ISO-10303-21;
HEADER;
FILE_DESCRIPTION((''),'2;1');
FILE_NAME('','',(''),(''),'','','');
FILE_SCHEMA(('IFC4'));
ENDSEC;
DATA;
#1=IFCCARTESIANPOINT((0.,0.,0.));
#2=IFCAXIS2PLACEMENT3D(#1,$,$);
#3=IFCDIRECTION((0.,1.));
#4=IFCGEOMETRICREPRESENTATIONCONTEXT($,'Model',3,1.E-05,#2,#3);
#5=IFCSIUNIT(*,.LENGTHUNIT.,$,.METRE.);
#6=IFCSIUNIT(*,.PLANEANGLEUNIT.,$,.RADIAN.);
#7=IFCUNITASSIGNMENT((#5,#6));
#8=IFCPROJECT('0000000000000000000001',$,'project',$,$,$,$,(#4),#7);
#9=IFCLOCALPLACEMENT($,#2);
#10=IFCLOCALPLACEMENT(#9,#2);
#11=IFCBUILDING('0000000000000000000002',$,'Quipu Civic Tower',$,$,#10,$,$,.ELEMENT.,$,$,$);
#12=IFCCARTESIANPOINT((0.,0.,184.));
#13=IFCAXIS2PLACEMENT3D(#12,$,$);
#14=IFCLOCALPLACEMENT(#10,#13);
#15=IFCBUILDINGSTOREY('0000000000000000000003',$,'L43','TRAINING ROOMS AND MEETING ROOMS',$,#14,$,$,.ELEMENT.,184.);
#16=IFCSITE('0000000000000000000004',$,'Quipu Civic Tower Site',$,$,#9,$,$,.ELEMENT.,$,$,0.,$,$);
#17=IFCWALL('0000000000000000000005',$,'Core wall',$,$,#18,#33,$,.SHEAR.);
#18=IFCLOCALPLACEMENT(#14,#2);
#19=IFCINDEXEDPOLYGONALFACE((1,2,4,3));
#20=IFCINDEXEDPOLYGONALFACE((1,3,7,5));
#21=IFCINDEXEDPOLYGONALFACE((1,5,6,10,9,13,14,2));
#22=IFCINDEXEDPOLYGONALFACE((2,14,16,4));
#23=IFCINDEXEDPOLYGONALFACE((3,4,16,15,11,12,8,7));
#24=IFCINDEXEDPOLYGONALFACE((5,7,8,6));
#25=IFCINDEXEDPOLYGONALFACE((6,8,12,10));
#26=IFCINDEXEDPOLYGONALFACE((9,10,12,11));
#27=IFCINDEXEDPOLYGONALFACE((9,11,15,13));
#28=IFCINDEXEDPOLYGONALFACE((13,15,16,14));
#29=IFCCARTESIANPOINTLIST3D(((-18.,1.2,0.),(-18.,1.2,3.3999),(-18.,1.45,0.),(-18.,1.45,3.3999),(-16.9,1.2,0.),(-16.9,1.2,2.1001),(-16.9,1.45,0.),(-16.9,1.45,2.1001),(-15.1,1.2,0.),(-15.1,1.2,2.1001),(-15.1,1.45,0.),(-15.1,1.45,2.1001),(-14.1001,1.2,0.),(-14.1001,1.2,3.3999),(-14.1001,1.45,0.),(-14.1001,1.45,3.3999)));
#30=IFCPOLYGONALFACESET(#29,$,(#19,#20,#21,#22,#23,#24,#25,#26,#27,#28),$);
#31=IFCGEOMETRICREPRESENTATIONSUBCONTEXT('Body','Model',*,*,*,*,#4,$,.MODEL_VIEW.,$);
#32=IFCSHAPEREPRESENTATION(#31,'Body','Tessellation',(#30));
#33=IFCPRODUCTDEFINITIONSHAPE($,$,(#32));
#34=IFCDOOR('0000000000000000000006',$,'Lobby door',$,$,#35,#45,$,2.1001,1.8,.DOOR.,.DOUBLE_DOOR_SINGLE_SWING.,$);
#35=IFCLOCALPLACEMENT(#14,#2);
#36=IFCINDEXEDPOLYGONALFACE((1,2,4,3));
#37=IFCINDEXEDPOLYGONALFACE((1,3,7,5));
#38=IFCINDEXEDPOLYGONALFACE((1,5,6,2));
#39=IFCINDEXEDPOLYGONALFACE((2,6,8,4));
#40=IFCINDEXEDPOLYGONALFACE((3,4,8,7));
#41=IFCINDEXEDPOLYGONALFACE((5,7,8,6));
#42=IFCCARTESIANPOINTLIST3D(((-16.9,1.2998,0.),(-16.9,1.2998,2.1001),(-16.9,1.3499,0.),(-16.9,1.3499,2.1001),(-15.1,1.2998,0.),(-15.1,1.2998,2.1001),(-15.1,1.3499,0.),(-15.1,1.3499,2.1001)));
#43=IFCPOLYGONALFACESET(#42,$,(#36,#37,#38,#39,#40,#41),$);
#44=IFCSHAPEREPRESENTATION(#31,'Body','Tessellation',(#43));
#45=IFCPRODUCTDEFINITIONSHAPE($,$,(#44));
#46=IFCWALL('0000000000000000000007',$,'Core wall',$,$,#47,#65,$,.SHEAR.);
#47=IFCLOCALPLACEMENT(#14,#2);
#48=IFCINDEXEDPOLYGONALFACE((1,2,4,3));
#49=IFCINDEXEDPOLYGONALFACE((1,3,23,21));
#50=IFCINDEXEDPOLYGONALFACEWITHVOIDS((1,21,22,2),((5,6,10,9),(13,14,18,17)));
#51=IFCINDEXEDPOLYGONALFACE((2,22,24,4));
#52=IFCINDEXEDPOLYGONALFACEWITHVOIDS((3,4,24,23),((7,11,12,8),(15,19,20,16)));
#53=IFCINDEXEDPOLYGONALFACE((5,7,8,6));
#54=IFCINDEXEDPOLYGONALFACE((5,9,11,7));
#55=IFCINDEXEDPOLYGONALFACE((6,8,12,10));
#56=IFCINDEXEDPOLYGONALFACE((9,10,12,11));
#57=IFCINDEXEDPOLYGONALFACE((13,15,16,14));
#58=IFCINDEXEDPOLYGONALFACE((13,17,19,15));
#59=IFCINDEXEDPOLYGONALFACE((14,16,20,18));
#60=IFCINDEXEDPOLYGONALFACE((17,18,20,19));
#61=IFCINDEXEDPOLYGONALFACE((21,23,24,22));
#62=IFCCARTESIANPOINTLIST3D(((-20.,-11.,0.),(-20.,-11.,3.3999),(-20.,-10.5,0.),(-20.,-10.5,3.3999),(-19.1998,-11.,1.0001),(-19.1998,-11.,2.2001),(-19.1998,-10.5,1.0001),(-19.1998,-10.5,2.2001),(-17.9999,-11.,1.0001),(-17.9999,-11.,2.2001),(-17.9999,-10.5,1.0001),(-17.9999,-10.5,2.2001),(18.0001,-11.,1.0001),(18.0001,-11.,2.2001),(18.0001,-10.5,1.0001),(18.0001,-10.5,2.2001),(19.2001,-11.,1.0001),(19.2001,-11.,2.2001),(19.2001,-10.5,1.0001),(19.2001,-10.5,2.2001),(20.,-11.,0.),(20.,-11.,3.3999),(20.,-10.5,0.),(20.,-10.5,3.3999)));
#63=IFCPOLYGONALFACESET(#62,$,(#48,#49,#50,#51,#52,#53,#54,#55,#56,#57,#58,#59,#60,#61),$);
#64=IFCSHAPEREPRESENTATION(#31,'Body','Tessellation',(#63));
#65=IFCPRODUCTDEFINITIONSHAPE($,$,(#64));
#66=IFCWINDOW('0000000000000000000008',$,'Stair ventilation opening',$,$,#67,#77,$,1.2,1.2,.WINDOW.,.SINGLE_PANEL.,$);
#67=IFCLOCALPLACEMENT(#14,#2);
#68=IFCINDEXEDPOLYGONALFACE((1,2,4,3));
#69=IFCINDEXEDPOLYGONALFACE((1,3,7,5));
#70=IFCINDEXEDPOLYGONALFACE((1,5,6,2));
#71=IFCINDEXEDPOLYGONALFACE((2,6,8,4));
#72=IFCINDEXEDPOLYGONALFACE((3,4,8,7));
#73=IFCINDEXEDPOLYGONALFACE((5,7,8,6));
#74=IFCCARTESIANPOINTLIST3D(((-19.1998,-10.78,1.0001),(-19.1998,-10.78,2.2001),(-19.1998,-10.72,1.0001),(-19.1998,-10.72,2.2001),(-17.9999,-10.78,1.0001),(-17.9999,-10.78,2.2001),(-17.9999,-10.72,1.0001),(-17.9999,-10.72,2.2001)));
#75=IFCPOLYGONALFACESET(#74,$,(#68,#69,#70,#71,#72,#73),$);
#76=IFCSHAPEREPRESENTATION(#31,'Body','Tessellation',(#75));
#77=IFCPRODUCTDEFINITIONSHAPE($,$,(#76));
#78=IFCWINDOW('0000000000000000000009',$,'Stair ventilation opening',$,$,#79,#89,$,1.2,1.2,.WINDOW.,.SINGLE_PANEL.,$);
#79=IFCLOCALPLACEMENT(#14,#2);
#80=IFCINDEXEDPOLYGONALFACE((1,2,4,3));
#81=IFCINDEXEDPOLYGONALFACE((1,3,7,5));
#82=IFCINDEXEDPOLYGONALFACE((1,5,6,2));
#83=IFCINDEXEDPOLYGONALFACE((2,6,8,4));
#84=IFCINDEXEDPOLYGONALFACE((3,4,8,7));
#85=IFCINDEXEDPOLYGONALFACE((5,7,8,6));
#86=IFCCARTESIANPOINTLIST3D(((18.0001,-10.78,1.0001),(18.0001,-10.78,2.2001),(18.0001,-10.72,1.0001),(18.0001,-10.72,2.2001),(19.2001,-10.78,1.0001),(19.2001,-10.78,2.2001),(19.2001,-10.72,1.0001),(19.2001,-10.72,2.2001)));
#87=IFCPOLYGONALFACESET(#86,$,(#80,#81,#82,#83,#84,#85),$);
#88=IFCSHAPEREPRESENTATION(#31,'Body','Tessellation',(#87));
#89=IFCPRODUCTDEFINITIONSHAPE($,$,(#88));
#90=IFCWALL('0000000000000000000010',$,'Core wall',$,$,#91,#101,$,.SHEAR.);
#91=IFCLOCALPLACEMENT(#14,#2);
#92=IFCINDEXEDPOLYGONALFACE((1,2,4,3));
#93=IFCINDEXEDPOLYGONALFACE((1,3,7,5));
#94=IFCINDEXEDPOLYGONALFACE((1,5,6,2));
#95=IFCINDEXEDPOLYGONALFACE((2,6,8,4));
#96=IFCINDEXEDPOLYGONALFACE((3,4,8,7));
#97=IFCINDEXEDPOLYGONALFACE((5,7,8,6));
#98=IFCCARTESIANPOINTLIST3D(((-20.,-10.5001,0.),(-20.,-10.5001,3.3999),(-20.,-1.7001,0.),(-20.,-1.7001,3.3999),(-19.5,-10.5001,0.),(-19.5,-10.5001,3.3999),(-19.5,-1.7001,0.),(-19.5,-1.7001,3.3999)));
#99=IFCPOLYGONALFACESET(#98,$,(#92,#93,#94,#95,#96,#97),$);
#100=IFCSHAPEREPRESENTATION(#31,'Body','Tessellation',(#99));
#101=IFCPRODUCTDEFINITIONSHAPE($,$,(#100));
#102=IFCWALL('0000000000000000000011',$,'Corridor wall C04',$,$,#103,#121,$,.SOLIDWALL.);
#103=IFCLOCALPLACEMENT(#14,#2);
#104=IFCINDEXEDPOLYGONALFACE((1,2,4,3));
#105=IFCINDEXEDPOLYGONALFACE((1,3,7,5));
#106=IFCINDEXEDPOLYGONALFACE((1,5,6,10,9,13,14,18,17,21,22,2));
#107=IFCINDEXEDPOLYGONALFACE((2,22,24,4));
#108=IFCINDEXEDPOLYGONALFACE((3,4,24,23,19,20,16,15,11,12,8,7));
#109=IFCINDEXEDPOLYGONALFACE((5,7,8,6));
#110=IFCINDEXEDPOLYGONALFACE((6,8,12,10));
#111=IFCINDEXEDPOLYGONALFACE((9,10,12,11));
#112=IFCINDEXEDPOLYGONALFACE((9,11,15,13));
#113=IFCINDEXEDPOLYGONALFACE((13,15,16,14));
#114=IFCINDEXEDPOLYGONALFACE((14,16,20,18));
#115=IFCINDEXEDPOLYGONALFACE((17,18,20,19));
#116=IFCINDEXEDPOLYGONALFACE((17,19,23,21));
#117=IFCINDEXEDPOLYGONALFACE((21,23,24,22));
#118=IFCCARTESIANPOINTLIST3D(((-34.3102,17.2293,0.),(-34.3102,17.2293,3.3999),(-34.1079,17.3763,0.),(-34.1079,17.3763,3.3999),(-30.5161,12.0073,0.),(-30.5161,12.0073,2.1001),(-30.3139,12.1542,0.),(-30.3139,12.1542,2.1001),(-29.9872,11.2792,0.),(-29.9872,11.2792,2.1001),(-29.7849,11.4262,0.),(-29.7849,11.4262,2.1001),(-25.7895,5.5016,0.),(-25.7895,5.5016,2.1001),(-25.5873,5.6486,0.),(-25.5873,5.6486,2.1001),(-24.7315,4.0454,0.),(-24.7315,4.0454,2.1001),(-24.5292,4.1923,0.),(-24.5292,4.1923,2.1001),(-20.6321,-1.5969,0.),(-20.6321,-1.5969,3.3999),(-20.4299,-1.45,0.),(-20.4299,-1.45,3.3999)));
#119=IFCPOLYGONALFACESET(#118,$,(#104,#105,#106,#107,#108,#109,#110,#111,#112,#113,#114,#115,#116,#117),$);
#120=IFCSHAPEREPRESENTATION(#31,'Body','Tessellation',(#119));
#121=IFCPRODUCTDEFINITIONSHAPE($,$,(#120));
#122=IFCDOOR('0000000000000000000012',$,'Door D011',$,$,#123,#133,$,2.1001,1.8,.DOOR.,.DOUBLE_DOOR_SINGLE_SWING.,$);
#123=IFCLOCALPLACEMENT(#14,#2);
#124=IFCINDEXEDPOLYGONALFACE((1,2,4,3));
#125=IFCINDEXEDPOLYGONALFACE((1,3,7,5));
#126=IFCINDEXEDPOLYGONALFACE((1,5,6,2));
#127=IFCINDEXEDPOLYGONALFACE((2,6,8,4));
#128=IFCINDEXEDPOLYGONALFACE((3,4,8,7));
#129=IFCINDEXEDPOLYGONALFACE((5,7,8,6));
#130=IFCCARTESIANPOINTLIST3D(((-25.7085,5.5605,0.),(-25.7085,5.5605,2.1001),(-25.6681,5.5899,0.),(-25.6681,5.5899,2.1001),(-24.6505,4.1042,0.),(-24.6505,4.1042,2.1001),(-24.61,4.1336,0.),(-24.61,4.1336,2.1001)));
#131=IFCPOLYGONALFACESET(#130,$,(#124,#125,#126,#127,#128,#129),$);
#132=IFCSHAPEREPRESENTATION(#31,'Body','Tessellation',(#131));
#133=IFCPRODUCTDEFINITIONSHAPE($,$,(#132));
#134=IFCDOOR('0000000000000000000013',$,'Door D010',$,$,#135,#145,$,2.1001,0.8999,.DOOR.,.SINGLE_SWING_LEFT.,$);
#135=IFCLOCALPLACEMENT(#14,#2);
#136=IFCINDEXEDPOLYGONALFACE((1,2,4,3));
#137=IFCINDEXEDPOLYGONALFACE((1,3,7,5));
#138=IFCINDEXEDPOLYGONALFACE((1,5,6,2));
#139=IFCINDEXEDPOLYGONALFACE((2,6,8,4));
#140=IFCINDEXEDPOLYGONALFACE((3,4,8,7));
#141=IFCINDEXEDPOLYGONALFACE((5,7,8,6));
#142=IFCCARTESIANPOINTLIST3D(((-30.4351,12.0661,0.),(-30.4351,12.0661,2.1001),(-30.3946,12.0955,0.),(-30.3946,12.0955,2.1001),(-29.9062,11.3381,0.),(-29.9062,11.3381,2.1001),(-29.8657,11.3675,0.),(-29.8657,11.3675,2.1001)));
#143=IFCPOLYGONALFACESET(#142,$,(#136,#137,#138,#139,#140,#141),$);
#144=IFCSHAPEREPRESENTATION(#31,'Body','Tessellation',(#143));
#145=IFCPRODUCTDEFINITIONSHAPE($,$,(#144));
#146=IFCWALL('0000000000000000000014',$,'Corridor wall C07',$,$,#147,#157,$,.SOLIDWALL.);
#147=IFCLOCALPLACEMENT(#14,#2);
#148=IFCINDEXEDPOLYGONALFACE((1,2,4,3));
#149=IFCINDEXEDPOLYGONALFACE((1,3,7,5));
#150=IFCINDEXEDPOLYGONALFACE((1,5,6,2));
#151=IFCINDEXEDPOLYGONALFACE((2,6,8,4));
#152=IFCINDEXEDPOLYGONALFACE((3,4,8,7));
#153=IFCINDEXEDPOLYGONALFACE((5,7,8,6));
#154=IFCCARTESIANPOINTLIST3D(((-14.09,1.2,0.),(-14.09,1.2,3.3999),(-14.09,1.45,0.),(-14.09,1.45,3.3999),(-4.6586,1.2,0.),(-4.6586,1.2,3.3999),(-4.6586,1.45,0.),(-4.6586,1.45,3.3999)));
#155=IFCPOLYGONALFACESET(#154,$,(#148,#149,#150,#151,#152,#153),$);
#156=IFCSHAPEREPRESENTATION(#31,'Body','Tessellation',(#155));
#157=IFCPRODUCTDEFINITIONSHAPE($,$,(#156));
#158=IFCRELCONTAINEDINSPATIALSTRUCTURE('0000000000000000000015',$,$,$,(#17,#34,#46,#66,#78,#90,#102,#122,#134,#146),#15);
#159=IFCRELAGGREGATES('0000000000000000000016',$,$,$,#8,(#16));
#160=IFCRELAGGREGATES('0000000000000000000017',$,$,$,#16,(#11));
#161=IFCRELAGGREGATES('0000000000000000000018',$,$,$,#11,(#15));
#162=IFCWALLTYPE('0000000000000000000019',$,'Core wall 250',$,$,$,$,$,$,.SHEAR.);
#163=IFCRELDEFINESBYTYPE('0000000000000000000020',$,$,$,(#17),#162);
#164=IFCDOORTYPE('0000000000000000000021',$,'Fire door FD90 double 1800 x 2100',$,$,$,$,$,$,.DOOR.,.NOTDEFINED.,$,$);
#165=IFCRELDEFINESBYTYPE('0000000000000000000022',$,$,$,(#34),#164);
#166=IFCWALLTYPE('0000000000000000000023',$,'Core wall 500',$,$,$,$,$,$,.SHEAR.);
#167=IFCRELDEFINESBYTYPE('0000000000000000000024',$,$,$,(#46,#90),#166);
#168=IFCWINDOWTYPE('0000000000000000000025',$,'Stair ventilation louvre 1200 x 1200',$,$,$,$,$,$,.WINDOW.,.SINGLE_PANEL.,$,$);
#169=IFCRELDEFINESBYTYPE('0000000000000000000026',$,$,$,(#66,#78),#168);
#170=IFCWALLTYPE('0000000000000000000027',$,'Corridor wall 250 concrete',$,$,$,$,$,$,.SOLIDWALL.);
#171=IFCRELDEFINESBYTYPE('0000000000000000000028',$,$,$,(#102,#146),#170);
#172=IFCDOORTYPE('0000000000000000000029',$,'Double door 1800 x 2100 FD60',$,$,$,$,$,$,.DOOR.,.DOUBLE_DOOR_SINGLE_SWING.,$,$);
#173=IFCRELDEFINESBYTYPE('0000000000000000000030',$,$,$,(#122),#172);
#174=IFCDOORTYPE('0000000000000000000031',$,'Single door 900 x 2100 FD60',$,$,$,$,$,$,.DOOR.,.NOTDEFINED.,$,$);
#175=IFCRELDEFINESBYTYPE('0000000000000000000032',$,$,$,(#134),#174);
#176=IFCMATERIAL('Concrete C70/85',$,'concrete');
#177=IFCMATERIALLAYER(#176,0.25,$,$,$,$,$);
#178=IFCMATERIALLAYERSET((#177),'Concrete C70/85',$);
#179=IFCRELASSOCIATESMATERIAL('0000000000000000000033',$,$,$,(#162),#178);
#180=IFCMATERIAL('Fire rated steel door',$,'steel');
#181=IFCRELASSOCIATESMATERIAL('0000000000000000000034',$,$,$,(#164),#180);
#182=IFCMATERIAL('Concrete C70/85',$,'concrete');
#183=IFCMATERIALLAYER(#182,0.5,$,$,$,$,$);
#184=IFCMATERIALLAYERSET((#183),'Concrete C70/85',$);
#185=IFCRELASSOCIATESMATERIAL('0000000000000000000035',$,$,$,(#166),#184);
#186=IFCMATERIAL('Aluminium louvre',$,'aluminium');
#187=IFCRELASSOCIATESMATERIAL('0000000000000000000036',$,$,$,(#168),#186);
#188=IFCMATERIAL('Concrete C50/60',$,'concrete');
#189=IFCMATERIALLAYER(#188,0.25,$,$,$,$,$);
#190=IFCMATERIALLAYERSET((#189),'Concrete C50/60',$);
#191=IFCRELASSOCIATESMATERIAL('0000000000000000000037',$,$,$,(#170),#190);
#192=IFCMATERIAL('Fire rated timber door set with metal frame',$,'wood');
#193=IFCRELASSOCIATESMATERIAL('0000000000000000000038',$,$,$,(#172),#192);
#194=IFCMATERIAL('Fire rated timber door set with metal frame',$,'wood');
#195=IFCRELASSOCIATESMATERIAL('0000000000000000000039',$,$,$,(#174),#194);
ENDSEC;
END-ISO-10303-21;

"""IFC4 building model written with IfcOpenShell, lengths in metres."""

from ifc_helpers import new_model, si_unit, direction, frame, frame_2d, origin, place, context, subcontext, project, spatial, rectangle, extrude, material, layer, layer_set, type_object, element, fill, save


model = new_model("IFC4")

# Units and contexts
model_context = context("Model", 3, precision=1e-05, world=origin(), true_north=direction((0.0, 1.0)))
body_context = subcontext(model_context, "Body", "Model", "MODEL_VIEW")
ifc_project = project(units=[si_unit("LENGTHUNIT", "METRE"), si_unit("PLANEANGLEUNIT", "RADIAN")], contexts=[model_context])

# Site, building, storey
site_placement = place(None, origin())
site = spatial("IfcSite", under=ifc_project, at=site_placement, Name="Quipu Civic Tower Site", CompositionType="ELEMENT", RefElevation=0.0)
building_placement = place(site_placement, origin())
building = spatial("IfcBuilding", under=site, at=building_placement, Name="Quipu Civic Tower", CompositionType="ELEMENT")
storey_placement = place(building_placement, frame((0.0, 0.0, 184.0)))
storey = spatial("IfcBuildingStorey", under=building, at=storey_placement, Name="L43", Description="TRAINING ROOMS AND MEETING ROOMS", CompositionType="ELEMENT", Elevation=184.0)

# Shared definitions
ifc_material_1 = material(Name="Concrete C70/85", Category="concrete")
ifc_layer_1 = layer(ifc_material_1, 0.25)
ifc_layer_set_1 = layer_set([ifc_layer_1], Name="Concrete C70/85")
wall_type_1 = type_object("IfcWallType", Name="Core wall 250", PredefinedType="SHEAR", material=ifc_layer_set_1)

# Wall, opening, door
wall_1_placement = place(storey_placement, frame((-18.0, 1.325, 0.0), z_axis=(0.0, 0.0, 1.0), x_axis=(1.0, 0.0, 0.0)))
wall_1 = element("IfcWall", 1, at=wall_1_placement, inside=storey, type_object=wall_type_1, Name="Core wall", PredefinedType="SHEAR", context=body_context, shape_type="SweptSolid", body=[
    extrude(rectangle(XDim=3.8999, YDim=0.25, at=frame_2d((1.95, 0.0))), origin(), (0.0, 0.0, 1.0), 3.3999),
])
opening_1_placement = place(wall_1_placement, frame((1.1001, 0.0, 0.0)))
opening_1 = element("IfcOpeningElement", 2, at=opening_1_placement, cuts=wall_1, PredefinedType="OPENING", context=body_context, shape_type="SweptSolid", body=[
    extrude(rectangle(XDim=1.8, YDim=2.1001, at=frame_2d((0.8999, 1.05))), frame((0.0, 0.135, 0.0), z_axis=(0.0, -1.0, 0.0), x_axis=(1.0, 0.0, 0.0)), (0.0, 0.0, 1.0), 0.27),
])
ifc_material_2 = material(Name="Fire rated steel door", Category="steel")
door_type_1 = type_object("IfcDoorType", Name="Fire door FD90 double 1800 x 2100", OperationType="NOTDEFINED", PredefinedType="DOOR", material=ifc_material_2)
door_1_placement = place(opening_1_placement, origin())
door_1 = element("IfcDoor", 3, at=door_1_placement, inside=storey, type_object=door_type_1, Name="Lobby door", OperationType="DOUBLE_DOOR_SINGLE_SWING", OverallHeight=2.1001, OverallWidth=1.8, PredefinedType="DOOR", context=body_context, shape_type="SweptSolid", body=[
    extrude(rectangle(XDim=1.8, YDim=2.1001, at=frame_2d((0.8999, 1.05))), frame((0.0, 0.0249, 0.0), z_axis=(0.0, -1.0, 0.0), x_axis=(1.0, 0.0, 0.0)), (0.0, 0.0, 1.0), 0.05),
])
fill(opening_1, door_1)

# Wall, openings, windows
ifc_material_3 = material(Name="Concrete C70/85", Category="concrete")
ifc_layer_2 = layer(ifc_material_3, 0.5)
ifc_layer_set_2 = layer_set([ifc_layer_2], Name="Concrete C70/85")
wall_type_2 = type_object("IfcWallType", Name="Core wall 500", PredefinedType="SHEAR", material=ifc_layer_set_2)
wall_2_placement = place(storey_placement, frame((-20.0, -10.75, 0.0), z_axis=(0.0, 0.0, 1.0), x_axis=(1.0, 0.0, 0.0)))
wall_2 = element("IfcWall", 4, at=wall_2_placement, inside=storey, type_object=wall_type_2, Name="Core wall", PredefinedType="SHEAR", context=body_context, shape_type="SweptSolid", body=[
    extrude(rectangle(XDim=40.0, YDim=0.5, at=frame_2d((20.0, 0.0))), origin(), (0.0, 0.0, 1.0), 3.3999),
])
opening_2_placement = place(wall_2_placement, frame((0.8, 0.0, 1.0)))
opening_2 = element("IfcOpeningElement", 5, at=opening_2_placement, cuts=wall_2, PredefinedType="OPENING", context=body_context, shape_type="SweptSolid", body=[
    extrude(rectangle(XDim=1.2, YDim=1.2, at=frame_2d((0.6001, 0.6001))), frame((0.0, 0.26, 0.0), z_axis=(0.0, -1.0, 0.0), x_axis=(1.0, 0.0, 0.0)), (0.0, 0.0, 1.0), 0.52),
])
opening_3_placement = place(wall_2_placement, frame((38.0, 0.0, 1.0)))
opening_3 = element("IfcOpeningElement", 6, at=opening_3_placement, cuts=wall_2, PredefinedType="OPENING", context=body_context, shape_type="SweptSolid", body=[
    extrude(rectangle(XDim=1.2, YDim=1.2, at=frame_2d((0.6001, 0.6001))), frame((0.0, 0.26, 0.0), z_axis=(0.0, -1.0, 0.0), x_axis=(1.0, 0.0, 0.0)), (0.0, 0.0, 1.0), 0.52),
])
ifc_material_4 = material(Name="Aluminium louvre", Category="aluminium")
window_type = type_object("IfcWindowType", Name="Stair ventilation louvre 1200 x 1200", PartitioningType="SINGLE_PANEL", PredefinedType="WINDOW", material=ifc_material_4)
window_1_placement = place(opening_2_placement, origin())
window_1 = element("IfcWindow", 7, at=window_1_placement, inside=storey, type_object=window_type, Name="Stair ventilation opening", OverallHeight=1.2, OverallWidth=1.2, PartitioningType="SINGLE_PANEL", PredefinedType="WINDOW", context=body_context, shape_type="SweptSolid", body=[
    extrude(rectangle(XDim=1.2, YDim=1.2, at=frame_2d((0.6001, 0.6001))), frame((0.0, 0.03, 0.0), z_axis=(0.0, -1.0, 0.0), x_axis=(1.0, 0.0, 0.0)), (0.0, 0.0, 1.0), 0.0601),
])
fill(opening_2, window_1)
window_2_placement = place(opening_3_placement, origin())
window_2 = element("IfcWindow", 8, at=window_2_placement, inside=storey, type_object=window_type, Name="Stair ventilation opening", OverallHeight=1.2, OverallWidth=1.2, PartitioningType="SINGLE_PANEL", PredefinedType="WINDOW", context=body_context, shape_type="SweptSolid", body=[
    extrude(rectangle(XDim=1.2, YDim=1.2, at=frame_2d((0.6001, 0.6001))), frame((0.0, 0.03, 0.0), z_axis=(0.0, -1.0, 0.0), x_axis=(1.0, 0.0, 0.0)), (0.0, 0.0, 1.0), 0.0601),
])
fill(opening_3, window_2)

# Wall
wall_3_placement = place(storey_placement, frame((-19.75, -10.5, 0.0), z_axis=(0.0, 0.0, 1.0), x_axis=(0.0, 1.0, 0.0)))
element("IfcWall", 9, at=wall_3_placement, inside=storey, type_object=wall_type_2, Name="Core wall", PredefinedType="SHEAR", context=body_context, shape_type="SweptSolid", body=[
    extrude(rectangle(XDim=8.8, YDim=0.5, at=frame_2d((4.3999, 0.0))), origin(), (0.0, 0.0, 1.0), 3.3999),
])

# Wall, openings, doors
ifc_material_5 = material(Name="Concrete C50/60", Category="concrete")
ifc_layer_3 = layer(ifc_material_5, 0.25)
ifc_layer_set_3 = layer_set([ifc_layer_3], Name="Concrete C50/60")
wall_type_3 = type_object("IfcWallType", Name="Corridor wall 250 concrete", PredefinedType="SOLIDWALL", material=ifc_layer_set_3)
wall_4_placement = place(storey_placement, frame((-20.531, -1.5234, 0.0), z_axis=(0.0, 0.0, 1.0), x_axis=(-0.587784, 0.809018, 0.0)))
wall_4 = element("IfcWall", 10, at=wall_4_placement, inside=storey, type_object=wall_type_3, Name="Corridor wall C04", PredefinedType="SOLIDWALL", context=body_context, shape_type="SweptSolid", body=[
    extrude(rectangle(XDim=23.2705, YDim=0.25, at=frame_2d((11.6353, 0.0))), origin(), (0.0, 0.0, 1.0), 3.3999),
])
opening_4_placement = place(wall_4_placement, frame((15.9158, 0.0, 0.0)))
opening_4 = element("IfcOpeningElement", 11, at=opening_4_placement, cuts=wall_4, PredefinedType="OPENING", context=body_context, shape_type="SweptSolid", body=[
    extrude(rectangle(XDim=0.8999, YDim=2.1001, at=frame_2d((0.45, 1.05))), frame((0.0, 0.135, 0.0), z_axis=(0.0, -1.0, 0.0), x_axis=(1.0, 0.0, 0.0)), (0.0, 0.0, 1.0), 0.27),
])
opening_5_placement = place(wall_4_placement, frame((6.9744, 0.0, 0.0)))
opening_5 = element("IfcOpeningElement", 12, at=opening_5_placement, cuts=wall_4, PredefinedType="OPENING", context=body_context, shape_type="SweptSolid", body=[
    extrude(rectangle(XDim=1.8, YDim=2.1001, at=frame_2d((0.8999, 1.05))), frame((0.0, 0.135, 0.0), z_axis=(0.0, -1.0, 0.0), x_axis=(1.0, 0.0, 0.0)), (0.0, 0.0, 1.0), 0.27),
])
ifc_material_6 = material(Name="Fire rated timber door set with metal frame", Category="wood")
door_type_2 = type_object("IfcDoorType", Name="Double door 1800 x 2100 FD60", OperationType="DOUBLE_DOOR_SINGLE_SWING", PredefinedType="DOOR", material=ifc_material_6)
door_2_placement = place(opening_5_placement, origin())
door_2 = element("IfcDoor", 13, at=door_2_placement, inside=storey, type_object=door_type_2, Name="Door D011", OperationType="DOUBLE_DOOR_SINGLE_SWING", OverallHeight=2.1001, OverallWidth=1.8, PredefinedType="DOOR", context=body_context, shape_type="SweptSolid", body=[
    extrude(rectangle(XDim=1.8, YDim=2.1001, at=frame_2d((0.8999, 1.05))), frame((0.0, 0.0249, 0.0), z_axis=(0.0, -1.0, 0.0), x_axis=(1.0, 0.0, 0.0)), (0.0, 0.0, 1.0), 0.05),
])
fill(opening_5, door_2)
ifc_material_7 = material(Name="Fire rated timber door set with metal frame", Category="wood")
door_type_3 = type_object("IfcDoorType", Name="Single door 900 x 2100 FD60", OperationType="NOTDEFINED", PredefinedType="DOOR", material=ifc_material_7)
door_3_placement = place(opening_4_placement, origin())
door_3 = element("IfcDoor", 14, at=door_3_placement, inside=storey, type_object=door_type_3, Name="Door D010", OperationType="SINGLE_SWING_LEFT", OverallHeight=2.1001, OverallWidth=0.8999, PredefinedType="DOOR", context=body_context, shape_type="SweptSolid", body=[
    extrude(rectangle(XDim=0.8999, YDim=2.1001, at=frame_2d((0.45, 1.05))), frame((0.0, 0.0249, 0.0), z_axis=(0.0, -1.0, 0.0), x_axis=(1.0, 0.0, 0.0)), (0.0, 0.0, 1.0), 0.05),
])
fill(opening_4, door_3)

# Wall
wall_5_placement = place(storey_placement, frame((-14.0901, 1.325, 0.0), z_axis=(0.0, 0.0, 1.0), x_axis=(1.0, 0.0, 0.0)))
element("IfcWall", 15, at=wall_5_placement, inside=storey, type_object=wall_type_3, Name="Corridor wall C07", PredefinedType="SOLIDWALL", context=body_context, shape_type="SweptSolid", body=[
    extrude(rectangle(XDim=9.4314, YDim=0.25, at=frame_2d((4.7158, 0.0))), origin(), (0.0, 0.0, 1.0), 3.3999),
])

save(model, "model.ifc")
